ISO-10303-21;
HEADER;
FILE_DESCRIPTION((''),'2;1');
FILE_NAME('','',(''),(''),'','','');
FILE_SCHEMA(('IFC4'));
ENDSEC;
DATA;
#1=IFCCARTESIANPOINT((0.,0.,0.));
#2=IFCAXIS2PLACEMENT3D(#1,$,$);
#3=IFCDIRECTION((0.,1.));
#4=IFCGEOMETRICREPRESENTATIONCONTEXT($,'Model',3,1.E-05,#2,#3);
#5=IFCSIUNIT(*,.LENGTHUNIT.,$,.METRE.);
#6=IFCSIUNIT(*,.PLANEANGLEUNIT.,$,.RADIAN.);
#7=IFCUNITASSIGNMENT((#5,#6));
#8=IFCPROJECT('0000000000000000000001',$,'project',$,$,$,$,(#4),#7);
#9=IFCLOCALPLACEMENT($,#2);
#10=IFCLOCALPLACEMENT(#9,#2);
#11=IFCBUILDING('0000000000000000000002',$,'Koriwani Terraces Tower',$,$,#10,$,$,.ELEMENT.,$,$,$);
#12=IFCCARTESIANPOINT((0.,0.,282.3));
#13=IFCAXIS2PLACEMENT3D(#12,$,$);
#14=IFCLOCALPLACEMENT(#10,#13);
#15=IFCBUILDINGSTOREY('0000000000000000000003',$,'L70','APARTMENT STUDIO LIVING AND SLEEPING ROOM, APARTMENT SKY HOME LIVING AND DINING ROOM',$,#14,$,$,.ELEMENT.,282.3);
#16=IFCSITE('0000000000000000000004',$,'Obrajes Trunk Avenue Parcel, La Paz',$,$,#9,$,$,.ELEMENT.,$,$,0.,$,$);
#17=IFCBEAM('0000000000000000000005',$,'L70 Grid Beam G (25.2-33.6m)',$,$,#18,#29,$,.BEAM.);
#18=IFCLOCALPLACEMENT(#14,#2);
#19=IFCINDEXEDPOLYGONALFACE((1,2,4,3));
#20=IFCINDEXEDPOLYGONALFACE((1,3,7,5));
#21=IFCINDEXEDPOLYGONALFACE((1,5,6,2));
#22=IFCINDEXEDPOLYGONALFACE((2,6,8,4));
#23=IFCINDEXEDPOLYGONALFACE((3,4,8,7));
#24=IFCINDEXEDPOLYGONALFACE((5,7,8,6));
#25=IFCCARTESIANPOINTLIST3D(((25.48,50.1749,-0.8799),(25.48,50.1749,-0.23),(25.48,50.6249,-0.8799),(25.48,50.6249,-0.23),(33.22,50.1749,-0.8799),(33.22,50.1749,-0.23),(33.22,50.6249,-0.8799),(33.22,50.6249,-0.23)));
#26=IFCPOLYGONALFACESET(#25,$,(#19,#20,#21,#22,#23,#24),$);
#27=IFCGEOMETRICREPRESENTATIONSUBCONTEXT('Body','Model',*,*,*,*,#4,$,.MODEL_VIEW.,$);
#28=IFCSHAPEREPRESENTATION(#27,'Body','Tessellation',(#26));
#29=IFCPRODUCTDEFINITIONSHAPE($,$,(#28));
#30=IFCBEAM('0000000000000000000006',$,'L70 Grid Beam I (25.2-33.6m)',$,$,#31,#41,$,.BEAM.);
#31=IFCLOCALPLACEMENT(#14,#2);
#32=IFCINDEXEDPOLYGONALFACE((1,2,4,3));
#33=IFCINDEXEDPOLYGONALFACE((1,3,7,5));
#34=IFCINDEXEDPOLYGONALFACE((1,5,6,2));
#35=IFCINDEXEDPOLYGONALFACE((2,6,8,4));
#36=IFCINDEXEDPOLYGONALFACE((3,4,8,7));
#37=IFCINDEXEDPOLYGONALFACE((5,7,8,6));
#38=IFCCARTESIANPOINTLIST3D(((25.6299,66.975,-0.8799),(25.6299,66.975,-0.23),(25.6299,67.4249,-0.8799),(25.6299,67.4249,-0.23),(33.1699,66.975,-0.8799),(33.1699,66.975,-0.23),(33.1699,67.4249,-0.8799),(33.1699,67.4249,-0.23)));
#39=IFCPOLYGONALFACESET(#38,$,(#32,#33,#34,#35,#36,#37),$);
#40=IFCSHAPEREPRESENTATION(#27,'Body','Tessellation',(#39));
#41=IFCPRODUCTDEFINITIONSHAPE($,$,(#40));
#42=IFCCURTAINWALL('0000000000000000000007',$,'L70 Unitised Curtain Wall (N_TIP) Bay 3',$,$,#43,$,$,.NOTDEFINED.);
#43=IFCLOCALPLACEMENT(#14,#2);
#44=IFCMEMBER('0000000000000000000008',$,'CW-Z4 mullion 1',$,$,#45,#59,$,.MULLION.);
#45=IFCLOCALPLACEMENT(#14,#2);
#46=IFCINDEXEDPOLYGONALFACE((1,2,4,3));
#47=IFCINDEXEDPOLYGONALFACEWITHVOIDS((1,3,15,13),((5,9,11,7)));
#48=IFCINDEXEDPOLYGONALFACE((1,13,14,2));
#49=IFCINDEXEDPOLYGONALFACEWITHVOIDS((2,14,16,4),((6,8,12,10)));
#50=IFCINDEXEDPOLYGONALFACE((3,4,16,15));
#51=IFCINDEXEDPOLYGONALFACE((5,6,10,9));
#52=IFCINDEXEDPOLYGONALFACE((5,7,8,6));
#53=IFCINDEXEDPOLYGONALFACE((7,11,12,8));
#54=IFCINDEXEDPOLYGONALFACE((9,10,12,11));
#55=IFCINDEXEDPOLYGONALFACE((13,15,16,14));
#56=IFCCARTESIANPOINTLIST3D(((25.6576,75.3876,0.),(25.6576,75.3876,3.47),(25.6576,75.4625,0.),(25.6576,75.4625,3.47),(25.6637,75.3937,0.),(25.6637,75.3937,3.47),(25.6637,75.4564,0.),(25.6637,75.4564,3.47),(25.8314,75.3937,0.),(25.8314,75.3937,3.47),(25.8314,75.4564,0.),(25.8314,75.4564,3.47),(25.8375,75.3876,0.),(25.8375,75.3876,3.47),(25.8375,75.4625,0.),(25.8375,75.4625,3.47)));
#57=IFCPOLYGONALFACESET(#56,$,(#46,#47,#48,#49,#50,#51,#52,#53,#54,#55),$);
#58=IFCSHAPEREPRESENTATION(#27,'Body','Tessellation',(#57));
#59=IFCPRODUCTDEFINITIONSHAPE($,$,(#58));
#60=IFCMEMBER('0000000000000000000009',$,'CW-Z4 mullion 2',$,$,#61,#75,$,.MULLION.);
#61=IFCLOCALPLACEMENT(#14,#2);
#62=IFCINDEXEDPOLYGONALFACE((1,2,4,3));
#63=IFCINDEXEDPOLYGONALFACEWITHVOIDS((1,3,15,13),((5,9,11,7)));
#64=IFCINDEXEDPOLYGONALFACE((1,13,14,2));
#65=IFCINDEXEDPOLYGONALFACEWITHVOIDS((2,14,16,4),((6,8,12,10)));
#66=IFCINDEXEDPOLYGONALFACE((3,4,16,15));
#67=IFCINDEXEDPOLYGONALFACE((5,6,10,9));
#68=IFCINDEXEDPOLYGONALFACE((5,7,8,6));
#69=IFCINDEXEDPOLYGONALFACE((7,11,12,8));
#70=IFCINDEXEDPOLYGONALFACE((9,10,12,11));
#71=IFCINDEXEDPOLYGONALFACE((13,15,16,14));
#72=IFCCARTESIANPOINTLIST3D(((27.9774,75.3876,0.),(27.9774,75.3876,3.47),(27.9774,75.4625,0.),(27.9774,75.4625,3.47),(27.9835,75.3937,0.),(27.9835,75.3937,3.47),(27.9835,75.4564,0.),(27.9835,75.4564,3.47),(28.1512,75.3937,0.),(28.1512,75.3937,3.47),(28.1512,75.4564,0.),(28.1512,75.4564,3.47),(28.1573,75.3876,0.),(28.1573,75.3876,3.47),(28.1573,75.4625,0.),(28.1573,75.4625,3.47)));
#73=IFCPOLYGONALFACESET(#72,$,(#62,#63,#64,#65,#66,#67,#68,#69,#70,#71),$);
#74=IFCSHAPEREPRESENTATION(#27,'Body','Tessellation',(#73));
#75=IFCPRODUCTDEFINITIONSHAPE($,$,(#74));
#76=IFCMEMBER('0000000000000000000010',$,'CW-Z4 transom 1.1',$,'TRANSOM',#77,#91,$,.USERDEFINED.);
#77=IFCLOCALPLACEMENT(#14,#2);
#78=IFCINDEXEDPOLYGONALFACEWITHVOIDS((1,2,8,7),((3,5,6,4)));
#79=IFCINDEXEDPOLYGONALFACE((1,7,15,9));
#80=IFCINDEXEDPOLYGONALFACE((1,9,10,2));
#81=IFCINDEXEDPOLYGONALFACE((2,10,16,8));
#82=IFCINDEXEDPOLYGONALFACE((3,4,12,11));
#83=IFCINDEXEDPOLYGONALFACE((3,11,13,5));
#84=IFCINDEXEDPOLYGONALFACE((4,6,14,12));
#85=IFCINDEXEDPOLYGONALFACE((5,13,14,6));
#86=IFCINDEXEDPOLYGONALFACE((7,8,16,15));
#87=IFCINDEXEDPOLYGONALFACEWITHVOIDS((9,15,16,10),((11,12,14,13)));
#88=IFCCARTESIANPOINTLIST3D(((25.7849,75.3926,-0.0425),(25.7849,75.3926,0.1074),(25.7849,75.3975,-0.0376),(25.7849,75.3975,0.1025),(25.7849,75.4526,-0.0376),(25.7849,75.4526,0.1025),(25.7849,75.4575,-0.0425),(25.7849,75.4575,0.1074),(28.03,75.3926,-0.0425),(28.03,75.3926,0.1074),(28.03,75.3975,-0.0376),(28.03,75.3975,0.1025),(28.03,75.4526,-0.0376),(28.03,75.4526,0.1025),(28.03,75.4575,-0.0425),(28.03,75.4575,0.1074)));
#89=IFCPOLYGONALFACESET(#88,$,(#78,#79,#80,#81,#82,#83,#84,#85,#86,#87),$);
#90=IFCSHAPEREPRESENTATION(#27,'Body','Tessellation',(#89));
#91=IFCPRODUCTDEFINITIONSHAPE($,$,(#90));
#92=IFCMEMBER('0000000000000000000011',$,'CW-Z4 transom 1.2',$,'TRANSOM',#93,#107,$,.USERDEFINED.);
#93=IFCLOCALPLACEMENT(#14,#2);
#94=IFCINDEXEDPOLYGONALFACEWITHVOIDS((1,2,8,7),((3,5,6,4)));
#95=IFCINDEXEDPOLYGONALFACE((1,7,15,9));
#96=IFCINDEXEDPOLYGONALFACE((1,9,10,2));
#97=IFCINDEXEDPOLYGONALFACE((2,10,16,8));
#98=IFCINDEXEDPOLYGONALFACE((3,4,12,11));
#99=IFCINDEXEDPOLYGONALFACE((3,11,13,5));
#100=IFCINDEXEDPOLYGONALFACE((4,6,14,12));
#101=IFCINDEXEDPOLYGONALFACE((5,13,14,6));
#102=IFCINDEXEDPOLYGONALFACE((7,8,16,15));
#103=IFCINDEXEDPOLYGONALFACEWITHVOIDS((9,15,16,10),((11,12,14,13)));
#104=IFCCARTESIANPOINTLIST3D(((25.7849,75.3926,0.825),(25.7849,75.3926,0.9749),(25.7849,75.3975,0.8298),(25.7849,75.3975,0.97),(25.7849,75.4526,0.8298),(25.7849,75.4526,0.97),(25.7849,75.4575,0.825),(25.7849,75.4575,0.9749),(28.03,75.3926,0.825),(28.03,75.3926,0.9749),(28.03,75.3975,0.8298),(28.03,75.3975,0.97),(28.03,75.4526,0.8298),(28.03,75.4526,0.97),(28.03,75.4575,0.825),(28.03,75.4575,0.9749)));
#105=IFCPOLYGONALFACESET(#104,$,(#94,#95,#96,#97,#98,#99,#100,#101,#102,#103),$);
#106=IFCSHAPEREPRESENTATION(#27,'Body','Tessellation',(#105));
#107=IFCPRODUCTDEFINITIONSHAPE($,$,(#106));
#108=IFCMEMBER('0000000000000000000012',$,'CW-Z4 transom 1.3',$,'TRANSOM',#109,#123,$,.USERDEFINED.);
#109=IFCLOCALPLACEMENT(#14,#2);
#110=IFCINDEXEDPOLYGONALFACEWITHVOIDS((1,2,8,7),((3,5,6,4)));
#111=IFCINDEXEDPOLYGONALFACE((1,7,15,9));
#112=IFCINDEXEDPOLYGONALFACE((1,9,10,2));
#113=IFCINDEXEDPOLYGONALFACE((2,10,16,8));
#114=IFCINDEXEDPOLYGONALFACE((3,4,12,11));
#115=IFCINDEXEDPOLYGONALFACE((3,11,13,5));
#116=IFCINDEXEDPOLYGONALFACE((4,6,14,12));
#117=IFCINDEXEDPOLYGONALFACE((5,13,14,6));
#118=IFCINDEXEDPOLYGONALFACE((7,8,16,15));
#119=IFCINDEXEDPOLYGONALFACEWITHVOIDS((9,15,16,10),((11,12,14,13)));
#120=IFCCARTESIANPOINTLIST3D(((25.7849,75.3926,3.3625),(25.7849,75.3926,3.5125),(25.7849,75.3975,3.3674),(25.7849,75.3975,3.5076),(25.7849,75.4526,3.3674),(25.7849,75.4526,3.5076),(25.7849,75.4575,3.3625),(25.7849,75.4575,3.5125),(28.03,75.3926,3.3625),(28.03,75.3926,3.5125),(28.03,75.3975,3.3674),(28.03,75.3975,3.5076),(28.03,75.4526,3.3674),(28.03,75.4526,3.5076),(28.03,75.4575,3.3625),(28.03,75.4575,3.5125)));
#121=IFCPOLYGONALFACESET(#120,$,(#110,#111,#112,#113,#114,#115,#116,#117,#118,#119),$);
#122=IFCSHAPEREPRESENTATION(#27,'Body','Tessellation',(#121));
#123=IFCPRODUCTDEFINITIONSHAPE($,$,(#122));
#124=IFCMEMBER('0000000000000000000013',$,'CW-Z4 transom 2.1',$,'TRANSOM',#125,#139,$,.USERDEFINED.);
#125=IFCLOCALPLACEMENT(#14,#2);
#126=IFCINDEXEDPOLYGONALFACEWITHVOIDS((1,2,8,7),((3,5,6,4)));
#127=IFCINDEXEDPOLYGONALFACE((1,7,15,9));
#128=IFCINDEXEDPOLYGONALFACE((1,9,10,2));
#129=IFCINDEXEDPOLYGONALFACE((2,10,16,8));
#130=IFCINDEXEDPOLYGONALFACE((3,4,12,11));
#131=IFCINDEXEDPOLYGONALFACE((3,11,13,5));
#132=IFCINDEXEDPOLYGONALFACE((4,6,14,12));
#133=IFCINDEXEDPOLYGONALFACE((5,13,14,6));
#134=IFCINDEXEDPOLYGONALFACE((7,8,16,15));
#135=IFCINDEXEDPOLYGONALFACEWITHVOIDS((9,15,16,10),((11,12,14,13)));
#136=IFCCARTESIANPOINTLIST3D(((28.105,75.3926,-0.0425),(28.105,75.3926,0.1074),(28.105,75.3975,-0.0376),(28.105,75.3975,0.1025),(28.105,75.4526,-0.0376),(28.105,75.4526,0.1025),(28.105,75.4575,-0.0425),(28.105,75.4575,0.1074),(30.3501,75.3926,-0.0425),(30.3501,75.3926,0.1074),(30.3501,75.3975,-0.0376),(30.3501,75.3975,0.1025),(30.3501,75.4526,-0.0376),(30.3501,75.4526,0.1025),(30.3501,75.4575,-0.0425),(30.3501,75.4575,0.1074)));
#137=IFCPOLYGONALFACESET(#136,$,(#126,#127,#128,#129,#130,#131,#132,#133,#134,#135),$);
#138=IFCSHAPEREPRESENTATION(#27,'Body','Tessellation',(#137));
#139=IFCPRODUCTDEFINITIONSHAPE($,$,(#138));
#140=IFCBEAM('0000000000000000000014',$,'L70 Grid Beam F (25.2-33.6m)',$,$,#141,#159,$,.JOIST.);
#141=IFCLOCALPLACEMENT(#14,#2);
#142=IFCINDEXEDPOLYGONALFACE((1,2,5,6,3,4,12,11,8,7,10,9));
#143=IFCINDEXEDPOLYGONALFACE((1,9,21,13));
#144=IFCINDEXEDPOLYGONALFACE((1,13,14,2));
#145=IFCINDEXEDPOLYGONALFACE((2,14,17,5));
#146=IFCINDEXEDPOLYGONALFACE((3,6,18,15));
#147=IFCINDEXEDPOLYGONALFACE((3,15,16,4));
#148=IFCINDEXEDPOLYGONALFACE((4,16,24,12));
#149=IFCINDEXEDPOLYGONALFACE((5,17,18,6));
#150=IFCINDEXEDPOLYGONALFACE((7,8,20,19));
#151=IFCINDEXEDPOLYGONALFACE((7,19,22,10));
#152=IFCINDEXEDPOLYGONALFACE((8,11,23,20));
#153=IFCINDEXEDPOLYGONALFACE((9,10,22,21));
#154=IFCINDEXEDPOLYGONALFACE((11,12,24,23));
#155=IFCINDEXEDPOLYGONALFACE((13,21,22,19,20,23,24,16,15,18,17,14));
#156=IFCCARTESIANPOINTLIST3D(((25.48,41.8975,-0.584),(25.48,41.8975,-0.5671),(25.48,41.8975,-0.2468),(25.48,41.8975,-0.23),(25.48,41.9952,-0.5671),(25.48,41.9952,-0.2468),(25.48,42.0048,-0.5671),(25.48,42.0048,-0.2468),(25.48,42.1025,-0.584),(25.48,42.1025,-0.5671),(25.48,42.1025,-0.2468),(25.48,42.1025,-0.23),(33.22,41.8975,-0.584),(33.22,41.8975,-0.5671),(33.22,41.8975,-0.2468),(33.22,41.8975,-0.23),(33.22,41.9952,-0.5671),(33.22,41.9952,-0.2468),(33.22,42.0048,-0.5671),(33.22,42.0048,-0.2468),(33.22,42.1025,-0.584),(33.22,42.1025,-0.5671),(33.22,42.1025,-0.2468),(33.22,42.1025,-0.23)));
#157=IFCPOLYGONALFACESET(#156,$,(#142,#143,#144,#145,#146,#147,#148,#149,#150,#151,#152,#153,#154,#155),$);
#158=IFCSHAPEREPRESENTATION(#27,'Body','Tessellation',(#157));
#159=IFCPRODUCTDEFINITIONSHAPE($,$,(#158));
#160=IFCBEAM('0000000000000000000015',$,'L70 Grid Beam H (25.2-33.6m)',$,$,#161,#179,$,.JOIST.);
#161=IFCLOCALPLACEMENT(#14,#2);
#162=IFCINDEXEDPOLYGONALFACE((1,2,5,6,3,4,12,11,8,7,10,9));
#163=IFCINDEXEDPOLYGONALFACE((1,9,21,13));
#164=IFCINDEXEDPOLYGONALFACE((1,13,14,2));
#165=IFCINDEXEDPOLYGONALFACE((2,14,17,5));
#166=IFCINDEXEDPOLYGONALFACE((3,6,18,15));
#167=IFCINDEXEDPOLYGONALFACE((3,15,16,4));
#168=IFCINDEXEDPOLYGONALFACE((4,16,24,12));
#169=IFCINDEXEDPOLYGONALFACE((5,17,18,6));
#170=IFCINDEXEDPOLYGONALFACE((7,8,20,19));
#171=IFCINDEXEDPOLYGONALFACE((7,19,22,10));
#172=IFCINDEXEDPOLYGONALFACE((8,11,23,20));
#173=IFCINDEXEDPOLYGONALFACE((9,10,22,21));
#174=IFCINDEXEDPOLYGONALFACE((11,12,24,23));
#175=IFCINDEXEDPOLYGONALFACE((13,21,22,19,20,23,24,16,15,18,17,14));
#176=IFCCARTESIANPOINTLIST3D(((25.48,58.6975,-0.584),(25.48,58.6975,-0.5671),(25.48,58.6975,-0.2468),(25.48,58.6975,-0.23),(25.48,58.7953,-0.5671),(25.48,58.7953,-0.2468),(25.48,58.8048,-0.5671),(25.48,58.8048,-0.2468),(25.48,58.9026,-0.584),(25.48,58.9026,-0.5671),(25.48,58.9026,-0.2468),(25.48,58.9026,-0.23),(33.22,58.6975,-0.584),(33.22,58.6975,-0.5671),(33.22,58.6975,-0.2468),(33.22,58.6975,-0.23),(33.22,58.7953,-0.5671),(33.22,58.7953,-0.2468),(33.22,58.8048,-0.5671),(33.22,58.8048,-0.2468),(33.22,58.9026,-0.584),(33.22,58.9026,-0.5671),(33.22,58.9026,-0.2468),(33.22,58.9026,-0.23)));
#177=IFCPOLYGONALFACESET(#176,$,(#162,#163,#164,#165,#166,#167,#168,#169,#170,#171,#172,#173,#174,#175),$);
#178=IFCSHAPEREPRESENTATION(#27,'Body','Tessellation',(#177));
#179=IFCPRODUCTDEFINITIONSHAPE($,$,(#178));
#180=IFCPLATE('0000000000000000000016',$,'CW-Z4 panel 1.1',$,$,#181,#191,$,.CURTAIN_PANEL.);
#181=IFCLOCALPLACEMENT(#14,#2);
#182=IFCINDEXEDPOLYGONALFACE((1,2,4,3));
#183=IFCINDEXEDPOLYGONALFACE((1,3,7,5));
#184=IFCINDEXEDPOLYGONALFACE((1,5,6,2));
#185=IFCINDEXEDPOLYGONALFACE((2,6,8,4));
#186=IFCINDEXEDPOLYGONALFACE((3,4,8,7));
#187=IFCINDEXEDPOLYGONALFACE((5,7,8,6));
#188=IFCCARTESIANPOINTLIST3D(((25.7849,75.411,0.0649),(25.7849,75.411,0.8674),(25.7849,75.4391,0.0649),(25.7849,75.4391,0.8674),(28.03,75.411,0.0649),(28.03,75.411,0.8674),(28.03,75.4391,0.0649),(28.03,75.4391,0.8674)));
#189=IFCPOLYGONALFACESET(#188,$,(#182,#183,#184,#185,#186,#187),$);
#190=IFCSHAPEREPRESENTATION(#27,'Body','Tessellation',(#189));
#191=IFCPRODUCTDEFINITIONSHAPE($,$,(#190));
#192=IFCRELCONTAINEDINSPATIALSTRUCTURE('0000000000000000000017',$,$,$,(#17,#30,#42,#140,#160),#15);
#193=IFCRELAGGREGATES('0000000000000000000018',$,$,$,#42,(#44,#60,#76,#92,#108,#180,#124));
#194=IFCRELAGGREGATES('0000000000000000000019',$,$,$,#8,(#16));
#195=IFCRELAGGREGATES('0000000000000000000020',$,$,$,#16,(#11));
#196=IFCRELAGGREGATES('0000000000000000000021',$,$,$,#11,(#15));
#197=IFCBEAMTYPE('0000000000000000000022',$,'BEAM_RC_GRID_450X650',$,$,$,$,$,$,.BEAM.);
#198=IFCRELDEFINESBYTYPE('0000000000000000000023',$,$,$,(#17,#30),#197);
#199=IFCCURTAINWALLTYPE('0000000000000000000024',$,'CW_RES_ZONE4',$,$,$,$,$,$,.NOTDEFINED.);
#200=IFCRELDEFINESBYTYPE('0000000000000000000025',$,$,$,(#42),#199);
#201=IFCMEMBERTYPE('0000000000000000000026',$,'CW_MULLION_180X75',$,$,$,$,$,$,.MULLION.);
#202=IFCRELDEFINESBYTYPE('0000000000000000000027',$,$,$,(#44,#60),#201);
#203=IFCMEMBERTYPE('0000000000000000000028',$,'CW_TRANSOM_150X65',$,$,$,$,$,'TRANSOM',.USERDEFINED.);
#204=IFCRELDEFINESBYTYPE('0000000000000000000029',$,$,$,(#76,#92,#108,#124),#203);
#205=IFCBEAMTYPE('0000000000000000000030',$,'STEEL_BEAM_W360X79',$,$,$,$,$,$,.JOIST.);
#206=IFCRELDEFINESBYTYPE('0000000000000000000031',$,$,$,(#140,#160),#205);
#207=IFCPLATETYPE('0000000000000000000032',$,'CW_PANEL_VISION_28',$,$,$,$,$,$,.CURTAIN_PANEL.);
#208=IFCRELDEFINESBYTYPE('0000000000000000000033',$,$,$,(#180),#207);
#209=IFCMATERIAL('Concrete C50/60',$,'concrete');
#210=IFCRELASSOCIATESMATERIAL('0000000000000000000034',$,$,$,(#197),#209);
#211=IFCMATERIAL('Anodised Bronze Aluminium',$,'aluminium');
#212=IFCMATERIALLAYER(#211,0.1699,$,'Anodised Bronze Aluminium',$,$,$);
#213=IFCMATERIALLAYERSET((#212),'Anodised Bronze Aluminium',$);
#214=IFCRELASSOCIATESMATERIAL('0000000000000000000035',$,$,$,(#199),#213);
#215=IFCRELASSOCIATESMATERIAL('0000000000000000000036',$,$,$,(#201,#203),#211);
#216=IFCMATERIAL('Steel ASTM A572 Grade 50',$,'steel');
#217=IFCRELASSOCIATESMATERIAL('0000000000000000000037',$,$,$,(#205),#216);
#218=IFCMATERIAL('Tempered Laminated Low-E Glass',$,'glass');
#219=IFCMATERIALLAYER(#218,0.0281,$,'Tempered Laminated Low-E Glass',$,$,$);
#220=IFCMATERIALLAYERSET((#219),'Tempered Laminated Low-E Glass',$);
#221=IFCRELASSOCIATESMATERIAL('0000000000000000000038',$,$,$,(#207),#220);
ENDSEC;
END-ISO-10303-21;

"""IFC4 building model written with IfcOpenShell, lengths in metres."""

from ifc_helpers import new_model, si_unit, direction, frame, origin, origin_2d, place, context, subcontext, project, spatial, rectangle, hollow_rectangle, i_section, extrude, material, layer, layer_set, material_profile, profile_set, type_object, element, aggregate, save


model = new_model("IFC4")

# Units and contexts
model_context = context("Model", 3, precision=1e-05, world=origin(), true_north=direction((0.0, 1.0)))
body_context = subcontext(model_context, "Body", "Model", "MODEL_VIEW")
ifc_project = project(units=[si_unit("LENGTHUNIT", "METRE"), si_unit("PLANEANGLEUNIT", "RADIAN")], contexts=[model_context])

# Site, building, storey
site_placement = place(None, origin())
site = spatial("IfcSite", under=ifc_project, at=site_placement, Name="Obrajes Trunk Avenue Parcel, La Paz", CompositionType="ELEMENT", RefElevation=0.0)
building_placement = place(site_placement, origin())
building = spatial("IfcBuilding", under=site, at=building_placement, Name="Koriwani Terraces Tower", CompositionType="ELEMENT")
storey_placement = place(building_placement, frame((0.0, 0.0, 282.3)))
storey = spatial("IfcBuildingStorey", under=building, at=storey_placement, Name="L70", Description="APARTMENT STUDIO LIVING AND SLEEPING ROOM, APARTMENT SKY HOME LIVING AND DINING ROOM", CompositionType="ELEMENT", Elevation=282.3)

# Beams
ifc_material_1 = material(Name="Concrete C50/60", Category="concrete")
ifc_material_profile_1 = material_profile(ifc_material_1, rectangle(XDim=0.45, YDim=0.6499, at=origin_2d()), Name="Concrete C50/60", Category="LoadBearing")
ifc_profile_set_1 = profile_set([ifc_material_profile_1], Name="Concrete C50/60")
beam_type_1 = type_object("IfcBeamType", Name="BEAM_RC_GRID_450X650", PredefinedType="BEAM", material=ifc_profile_set_1)
beam_1_placement = place(storey_placement, frame((25.48, 50.3999, -0.5549), z_axis=(1.0, 0.0, 0.0), x_axis=(0.0, 1.0, 0.0)))
element("IfcBeam", 1, at=beam_1_placement, inside=storey, type_object=beam_type_1, Name="L70 Grid Beam G (25.2-33.6m)", PredefinedType="BEAM", context=body_context, shape_type="SweptSolid", body=[
    extrude(rectangle(XDim=0.45, YDim=0.6499, at=origin_2d()), origin(), (0.0, 0.0, 1.0), 7.74),
])
beam_2_placement = place(storey_placement, frame((25.6299, 67.2, -0.5549), z_axis=(1.0, 0.0, 0.0), x_axis=(0.0, 1.0, 0.0)))
element("IfcBeam", 2, at=beam_2_placement, inside=storey, type_object=beam_type_1, Name="L70 Grid Beam I (25.2-33.6m)", PredefinedType="BEAM", context=body_context, shape_type="SweptSolid", body=[
    extrude(rectangle(XDim=0.45, YDim=0.6499, at=origin_2d()), origin(), (0.0, 0.0, 1.0), 7.54),
])

# Curtain wall, members
ifc_material_2 = material(Name="Anodised Bronze Aluminium", Category="aluminium")
ifc_layer_1 = layer(ifc_material_2, 0.1699, Name="Anodised Bronze Aluminium")
ifc_layer_set_1 = layer_set([ifc_layer_1], Name="Anodised Bronze Aluminium")
curtain_wall_type = type_object("IfcCurtainWallType", Name="CW_RES_ZONE4", PredefinedType="NOTDEFINED", material=ifc_layer_set_1)
curtain_wall_placement = place(storey_placement, origin())
curtain_wall = element("IfcCurtainWall", 3, at=curtain_wall_placement, inside=storey, type_object=curtain_wall_type, Name="L70 Unitised Curtain Wall (N_TIP) Bay 3", PredefinedType="NOTDEFINED")
ifc_material_profile_2 = material_profile(ifc_material_2, hollow_rectangle(XDim=0.075, YDim=0.1799, WallThickness=0.0061, at=origin_2d()), Name="Anodised Bronze Aluminium", Category="LoadBearing")
ifc_profile_set_2 = profile_set([ifc_material_profile_2], Name="Anodised Bronze Aluminium")
member_type_1 = type_object("IfcMemberType", Name="CW_MULLION_180X75", PredefinedType="MULLION", material=ifc_profile_set_2)
member_1_placement = place(storey_placement, frame((25.7476, 75.425, 0.0), z_axis=(0.0, 0.0, 1.0), x_axis=(0.0, 1.0, 0.0)))
member_1 = element("IfcMember", 4, at=member_1_placement, type_object=member_type_1, Name="CW-Z4 mullion 1", PredefinedType="MULLION", context=body_context, shape_type="SweptSolid", body=[
    extrude(hollow_rectangle(XDim=0.075, YDim=0.1799, WallThickness=0.0061, at=origin_2d()), origin(), (0.0, 0.0, 1.0), 3.47),
])
member_2_placement = place(storey_placement, frame((28.0674, 75.425, 0.0), z_axis=(0.0, 0.0, 1.0), x_axis=(0.0, 1.0, 0.0)))
member_2 = element("IfcMember", 5, at=member_2_placement, type_object=member_type_1, Name="CW-Z4 mullion 2", PredefinedType="MULLION", context=body_context, shape_type="SweptSolid", body=[
    extrude(hollow_rectangle(XDim=0.075, YDim=0.1799, WallThickness=0.0061, at=origin_2d()), origin(), (0.0, 0.0, 1.0), 3.47),
])
ifc_material_profile_3 = material_profile(ifc_material_2, hollow_rectangle(XDim=0.0649, YDim=0.1499, WallThickness=0.0049, at=origin_2d()), Name="Anodised Bronze Aluminium", Category="LoadBearing")
ifc_profile_set_3 = profile_set([ifc_material_profile_3], Name="Anodised Bronze Aluminium")
member_type_2 = type_object("IfcMemberType", Name="CW_TRANSOM_150X65", ElementType="TRANSOM", PredefinedType="USERDEFINED", material=ifc_profile_set_3)
member_3_placement = place(storey_placement, frame((25.7849, 75.425, 0.0325), z_axis=(1.0, 0.0, 0.0), x_axis=(0.0, 1.0, 0.0)))
member_3 = element("IfcMember", 6, at=member_3_placement, type_object=member_type_2, Name="CW-Z4 transom 1.1", ObjectType="TRANSOM", PredefinedType="USERDEFINED", context=body_context, shape_type="SweptSolid", body=[
    extrude(hollow_rectangle(XDim=0.0649, YDim=0.1499, WallThickness=0.0049, at=origin_2d()), origin(), (0.0, 0.0, 1.0), 2.2451),
])
member_4_placement = place(storey_placement, frame((25.7849, 75.425, 0.8999), z_axis=(1.0, 0.0, 0.0), x_axis=(0.0, 1.0, 0.0)))
member_4 = element("IfcMember", 7, at=member_4_placement, type_object=member_type_2, Name="CW-Z4 transom 1.2", ObjectType="TRANSOM", PredefinedType="USERDEFINED", context=body_context, shape_type="SweptSolid", body=[
    extrude(hollow_rectangle(XDim=0.0649, YDim=0.1499, WallThickness=0.0049, at=origin_2d()), origin(), (0.0, 0.0, 1.0), 2.2451),
])
member_5_placement = place(storey_placement, frame((25.7849, 75.425, 3.4375), z_axis=(1.0, 0.0, 0.0), x_axis=(0.0, 1.0, 0.0)))
member_5 = element("IfcMember", 8, at=member_5_placement, type_object=member_type_2, Name="CW-Z4 transom 1.3", ObjectType="TRANSOM", PredefinedType="USERDEFINED", context=body_context, shape_type="SweptSolid", body=[
    extrude(hollow_rectangle(XDim=0.0649, YDim=0.1499, WallThickness=0.0049, at=origin_2d()), origin(), (0.0, 0.0, 1.0), 2.2451),
])
member_6_placement = place(storey_placement, frame((28.105, 75.425, 0.0325), z_axis=(1.0, 0.0, 0.0), x_axis=(0.0, 1.0, 0.0)))
member_6 = element("IfcMember", 9, at=member_6_placement, type_object=member_type_2, Name="CW-Z4 transom 2.1", ObjectType="TRANSOM", PredefinedType="USERDEFINED", context=body_context, shape_type="SweptSolid", body=[
    extrude(hollow_rectangle(XDim=0.0649, YDim=0.1499, WallThickness=0.0049, at=origin_2d()), origin(), (0.0, 0.0, 1.0), 2.2451),
])

# Beams
ifc_material_3 = material(Name="Steel ASTM A572 Grade 50", Category="steel")
ifc_material_profile_4 = material_profile(ifc_material_3, i_section(OverallWidth=0.2051, OverallDepth=0.354, WebThickness=0.0095, FlangeThickness=0.0168, at=origin_2d()), Name="Steel ASTM A572 Grade 50", Category="LoadBearing")
ifc_profile_set_4 = profile_set([ifc_material_profile_4], Name="Steel ASTM A572 Grade 50")
beam_type_2 = type_object("IfcBeamType", Name="STEEL_BEAM_W360X79", PredefinedType="JOIST", material=ifc_profile_set_4)
for number, where, z_axis, x_axis, name in (
    (10, (25.48, 42.0, -0.407), (1.0, 0.0, 0.0), (0.0, 1.0, 0.0), "L70 Grid Beam F (25.2-33.6m)"),
    (11, (25.48, 58.8, -0.407), (1.0, 0.0, 0.0), (0.0, 1.0, 0.0), "L70 Grid Beam H (25.2-33.6m)"),
):
    element("IfcBeam", number, at=place(storey_placement, frame(where, z_axis=z_axis, x_axis=x_axis)), inside=storey, type_object=beam_type_2, Name=name, PredefinedType="JOIST", context=body_context, shape_type="SweptSolid", body=[
        extrude(i_section(OverallWidth=0.2051, OverallDepth=0.354, WebThickness=0.0095, FlangeThickness=0.0168, at=origin_2d()), origin(), (0.0, 0.0, 1.0), 7.74),
    ])

# Plate
ifc_material_4 = material(Name="Tempered Laminated Low-E Glass", Category="glass")
ifc_layer_2 = layer(ifc_material_4, 0.0281, Name="Tempered Laminated Low-E Glass")
ifc_layer_set_2 = layer_set([ifc_layer_2], Name="Tempered Laminated Low-E Glass")
plate_type = type_object("IfcPlateType", Name="CW_PANEL_VISION_28", PredefinedType="CURTAIN_PANEL", material=ifc_layer_set_2)
plate_1_placement = place(storey_placement, frame((26.9075, 75.425, 0.0649), z_axis=(0.0, 0.0, 1.0), x_axis=(1.0, 0.0, 0.0)))
plate_1 = element("IfcPlate", 12, at=plate_1_placement, type_object=plate_type, Name="CW-Z4 panel 1.1", PredefinedType="CURTAIN_PANEL", context=body_context, shape_type="SweptSolid", body=[
    extrude(rectangle(XDim=2.2451, YDim=0.0281, at=origin_2d()), origin(), (0.0, 0.0, 1.0), 0.8025),
])
aggregate(curtain_wall, [member_1, member_2, member_3, member_4, member_5, plate_1, member_6])

save(model, "model.ifc")
